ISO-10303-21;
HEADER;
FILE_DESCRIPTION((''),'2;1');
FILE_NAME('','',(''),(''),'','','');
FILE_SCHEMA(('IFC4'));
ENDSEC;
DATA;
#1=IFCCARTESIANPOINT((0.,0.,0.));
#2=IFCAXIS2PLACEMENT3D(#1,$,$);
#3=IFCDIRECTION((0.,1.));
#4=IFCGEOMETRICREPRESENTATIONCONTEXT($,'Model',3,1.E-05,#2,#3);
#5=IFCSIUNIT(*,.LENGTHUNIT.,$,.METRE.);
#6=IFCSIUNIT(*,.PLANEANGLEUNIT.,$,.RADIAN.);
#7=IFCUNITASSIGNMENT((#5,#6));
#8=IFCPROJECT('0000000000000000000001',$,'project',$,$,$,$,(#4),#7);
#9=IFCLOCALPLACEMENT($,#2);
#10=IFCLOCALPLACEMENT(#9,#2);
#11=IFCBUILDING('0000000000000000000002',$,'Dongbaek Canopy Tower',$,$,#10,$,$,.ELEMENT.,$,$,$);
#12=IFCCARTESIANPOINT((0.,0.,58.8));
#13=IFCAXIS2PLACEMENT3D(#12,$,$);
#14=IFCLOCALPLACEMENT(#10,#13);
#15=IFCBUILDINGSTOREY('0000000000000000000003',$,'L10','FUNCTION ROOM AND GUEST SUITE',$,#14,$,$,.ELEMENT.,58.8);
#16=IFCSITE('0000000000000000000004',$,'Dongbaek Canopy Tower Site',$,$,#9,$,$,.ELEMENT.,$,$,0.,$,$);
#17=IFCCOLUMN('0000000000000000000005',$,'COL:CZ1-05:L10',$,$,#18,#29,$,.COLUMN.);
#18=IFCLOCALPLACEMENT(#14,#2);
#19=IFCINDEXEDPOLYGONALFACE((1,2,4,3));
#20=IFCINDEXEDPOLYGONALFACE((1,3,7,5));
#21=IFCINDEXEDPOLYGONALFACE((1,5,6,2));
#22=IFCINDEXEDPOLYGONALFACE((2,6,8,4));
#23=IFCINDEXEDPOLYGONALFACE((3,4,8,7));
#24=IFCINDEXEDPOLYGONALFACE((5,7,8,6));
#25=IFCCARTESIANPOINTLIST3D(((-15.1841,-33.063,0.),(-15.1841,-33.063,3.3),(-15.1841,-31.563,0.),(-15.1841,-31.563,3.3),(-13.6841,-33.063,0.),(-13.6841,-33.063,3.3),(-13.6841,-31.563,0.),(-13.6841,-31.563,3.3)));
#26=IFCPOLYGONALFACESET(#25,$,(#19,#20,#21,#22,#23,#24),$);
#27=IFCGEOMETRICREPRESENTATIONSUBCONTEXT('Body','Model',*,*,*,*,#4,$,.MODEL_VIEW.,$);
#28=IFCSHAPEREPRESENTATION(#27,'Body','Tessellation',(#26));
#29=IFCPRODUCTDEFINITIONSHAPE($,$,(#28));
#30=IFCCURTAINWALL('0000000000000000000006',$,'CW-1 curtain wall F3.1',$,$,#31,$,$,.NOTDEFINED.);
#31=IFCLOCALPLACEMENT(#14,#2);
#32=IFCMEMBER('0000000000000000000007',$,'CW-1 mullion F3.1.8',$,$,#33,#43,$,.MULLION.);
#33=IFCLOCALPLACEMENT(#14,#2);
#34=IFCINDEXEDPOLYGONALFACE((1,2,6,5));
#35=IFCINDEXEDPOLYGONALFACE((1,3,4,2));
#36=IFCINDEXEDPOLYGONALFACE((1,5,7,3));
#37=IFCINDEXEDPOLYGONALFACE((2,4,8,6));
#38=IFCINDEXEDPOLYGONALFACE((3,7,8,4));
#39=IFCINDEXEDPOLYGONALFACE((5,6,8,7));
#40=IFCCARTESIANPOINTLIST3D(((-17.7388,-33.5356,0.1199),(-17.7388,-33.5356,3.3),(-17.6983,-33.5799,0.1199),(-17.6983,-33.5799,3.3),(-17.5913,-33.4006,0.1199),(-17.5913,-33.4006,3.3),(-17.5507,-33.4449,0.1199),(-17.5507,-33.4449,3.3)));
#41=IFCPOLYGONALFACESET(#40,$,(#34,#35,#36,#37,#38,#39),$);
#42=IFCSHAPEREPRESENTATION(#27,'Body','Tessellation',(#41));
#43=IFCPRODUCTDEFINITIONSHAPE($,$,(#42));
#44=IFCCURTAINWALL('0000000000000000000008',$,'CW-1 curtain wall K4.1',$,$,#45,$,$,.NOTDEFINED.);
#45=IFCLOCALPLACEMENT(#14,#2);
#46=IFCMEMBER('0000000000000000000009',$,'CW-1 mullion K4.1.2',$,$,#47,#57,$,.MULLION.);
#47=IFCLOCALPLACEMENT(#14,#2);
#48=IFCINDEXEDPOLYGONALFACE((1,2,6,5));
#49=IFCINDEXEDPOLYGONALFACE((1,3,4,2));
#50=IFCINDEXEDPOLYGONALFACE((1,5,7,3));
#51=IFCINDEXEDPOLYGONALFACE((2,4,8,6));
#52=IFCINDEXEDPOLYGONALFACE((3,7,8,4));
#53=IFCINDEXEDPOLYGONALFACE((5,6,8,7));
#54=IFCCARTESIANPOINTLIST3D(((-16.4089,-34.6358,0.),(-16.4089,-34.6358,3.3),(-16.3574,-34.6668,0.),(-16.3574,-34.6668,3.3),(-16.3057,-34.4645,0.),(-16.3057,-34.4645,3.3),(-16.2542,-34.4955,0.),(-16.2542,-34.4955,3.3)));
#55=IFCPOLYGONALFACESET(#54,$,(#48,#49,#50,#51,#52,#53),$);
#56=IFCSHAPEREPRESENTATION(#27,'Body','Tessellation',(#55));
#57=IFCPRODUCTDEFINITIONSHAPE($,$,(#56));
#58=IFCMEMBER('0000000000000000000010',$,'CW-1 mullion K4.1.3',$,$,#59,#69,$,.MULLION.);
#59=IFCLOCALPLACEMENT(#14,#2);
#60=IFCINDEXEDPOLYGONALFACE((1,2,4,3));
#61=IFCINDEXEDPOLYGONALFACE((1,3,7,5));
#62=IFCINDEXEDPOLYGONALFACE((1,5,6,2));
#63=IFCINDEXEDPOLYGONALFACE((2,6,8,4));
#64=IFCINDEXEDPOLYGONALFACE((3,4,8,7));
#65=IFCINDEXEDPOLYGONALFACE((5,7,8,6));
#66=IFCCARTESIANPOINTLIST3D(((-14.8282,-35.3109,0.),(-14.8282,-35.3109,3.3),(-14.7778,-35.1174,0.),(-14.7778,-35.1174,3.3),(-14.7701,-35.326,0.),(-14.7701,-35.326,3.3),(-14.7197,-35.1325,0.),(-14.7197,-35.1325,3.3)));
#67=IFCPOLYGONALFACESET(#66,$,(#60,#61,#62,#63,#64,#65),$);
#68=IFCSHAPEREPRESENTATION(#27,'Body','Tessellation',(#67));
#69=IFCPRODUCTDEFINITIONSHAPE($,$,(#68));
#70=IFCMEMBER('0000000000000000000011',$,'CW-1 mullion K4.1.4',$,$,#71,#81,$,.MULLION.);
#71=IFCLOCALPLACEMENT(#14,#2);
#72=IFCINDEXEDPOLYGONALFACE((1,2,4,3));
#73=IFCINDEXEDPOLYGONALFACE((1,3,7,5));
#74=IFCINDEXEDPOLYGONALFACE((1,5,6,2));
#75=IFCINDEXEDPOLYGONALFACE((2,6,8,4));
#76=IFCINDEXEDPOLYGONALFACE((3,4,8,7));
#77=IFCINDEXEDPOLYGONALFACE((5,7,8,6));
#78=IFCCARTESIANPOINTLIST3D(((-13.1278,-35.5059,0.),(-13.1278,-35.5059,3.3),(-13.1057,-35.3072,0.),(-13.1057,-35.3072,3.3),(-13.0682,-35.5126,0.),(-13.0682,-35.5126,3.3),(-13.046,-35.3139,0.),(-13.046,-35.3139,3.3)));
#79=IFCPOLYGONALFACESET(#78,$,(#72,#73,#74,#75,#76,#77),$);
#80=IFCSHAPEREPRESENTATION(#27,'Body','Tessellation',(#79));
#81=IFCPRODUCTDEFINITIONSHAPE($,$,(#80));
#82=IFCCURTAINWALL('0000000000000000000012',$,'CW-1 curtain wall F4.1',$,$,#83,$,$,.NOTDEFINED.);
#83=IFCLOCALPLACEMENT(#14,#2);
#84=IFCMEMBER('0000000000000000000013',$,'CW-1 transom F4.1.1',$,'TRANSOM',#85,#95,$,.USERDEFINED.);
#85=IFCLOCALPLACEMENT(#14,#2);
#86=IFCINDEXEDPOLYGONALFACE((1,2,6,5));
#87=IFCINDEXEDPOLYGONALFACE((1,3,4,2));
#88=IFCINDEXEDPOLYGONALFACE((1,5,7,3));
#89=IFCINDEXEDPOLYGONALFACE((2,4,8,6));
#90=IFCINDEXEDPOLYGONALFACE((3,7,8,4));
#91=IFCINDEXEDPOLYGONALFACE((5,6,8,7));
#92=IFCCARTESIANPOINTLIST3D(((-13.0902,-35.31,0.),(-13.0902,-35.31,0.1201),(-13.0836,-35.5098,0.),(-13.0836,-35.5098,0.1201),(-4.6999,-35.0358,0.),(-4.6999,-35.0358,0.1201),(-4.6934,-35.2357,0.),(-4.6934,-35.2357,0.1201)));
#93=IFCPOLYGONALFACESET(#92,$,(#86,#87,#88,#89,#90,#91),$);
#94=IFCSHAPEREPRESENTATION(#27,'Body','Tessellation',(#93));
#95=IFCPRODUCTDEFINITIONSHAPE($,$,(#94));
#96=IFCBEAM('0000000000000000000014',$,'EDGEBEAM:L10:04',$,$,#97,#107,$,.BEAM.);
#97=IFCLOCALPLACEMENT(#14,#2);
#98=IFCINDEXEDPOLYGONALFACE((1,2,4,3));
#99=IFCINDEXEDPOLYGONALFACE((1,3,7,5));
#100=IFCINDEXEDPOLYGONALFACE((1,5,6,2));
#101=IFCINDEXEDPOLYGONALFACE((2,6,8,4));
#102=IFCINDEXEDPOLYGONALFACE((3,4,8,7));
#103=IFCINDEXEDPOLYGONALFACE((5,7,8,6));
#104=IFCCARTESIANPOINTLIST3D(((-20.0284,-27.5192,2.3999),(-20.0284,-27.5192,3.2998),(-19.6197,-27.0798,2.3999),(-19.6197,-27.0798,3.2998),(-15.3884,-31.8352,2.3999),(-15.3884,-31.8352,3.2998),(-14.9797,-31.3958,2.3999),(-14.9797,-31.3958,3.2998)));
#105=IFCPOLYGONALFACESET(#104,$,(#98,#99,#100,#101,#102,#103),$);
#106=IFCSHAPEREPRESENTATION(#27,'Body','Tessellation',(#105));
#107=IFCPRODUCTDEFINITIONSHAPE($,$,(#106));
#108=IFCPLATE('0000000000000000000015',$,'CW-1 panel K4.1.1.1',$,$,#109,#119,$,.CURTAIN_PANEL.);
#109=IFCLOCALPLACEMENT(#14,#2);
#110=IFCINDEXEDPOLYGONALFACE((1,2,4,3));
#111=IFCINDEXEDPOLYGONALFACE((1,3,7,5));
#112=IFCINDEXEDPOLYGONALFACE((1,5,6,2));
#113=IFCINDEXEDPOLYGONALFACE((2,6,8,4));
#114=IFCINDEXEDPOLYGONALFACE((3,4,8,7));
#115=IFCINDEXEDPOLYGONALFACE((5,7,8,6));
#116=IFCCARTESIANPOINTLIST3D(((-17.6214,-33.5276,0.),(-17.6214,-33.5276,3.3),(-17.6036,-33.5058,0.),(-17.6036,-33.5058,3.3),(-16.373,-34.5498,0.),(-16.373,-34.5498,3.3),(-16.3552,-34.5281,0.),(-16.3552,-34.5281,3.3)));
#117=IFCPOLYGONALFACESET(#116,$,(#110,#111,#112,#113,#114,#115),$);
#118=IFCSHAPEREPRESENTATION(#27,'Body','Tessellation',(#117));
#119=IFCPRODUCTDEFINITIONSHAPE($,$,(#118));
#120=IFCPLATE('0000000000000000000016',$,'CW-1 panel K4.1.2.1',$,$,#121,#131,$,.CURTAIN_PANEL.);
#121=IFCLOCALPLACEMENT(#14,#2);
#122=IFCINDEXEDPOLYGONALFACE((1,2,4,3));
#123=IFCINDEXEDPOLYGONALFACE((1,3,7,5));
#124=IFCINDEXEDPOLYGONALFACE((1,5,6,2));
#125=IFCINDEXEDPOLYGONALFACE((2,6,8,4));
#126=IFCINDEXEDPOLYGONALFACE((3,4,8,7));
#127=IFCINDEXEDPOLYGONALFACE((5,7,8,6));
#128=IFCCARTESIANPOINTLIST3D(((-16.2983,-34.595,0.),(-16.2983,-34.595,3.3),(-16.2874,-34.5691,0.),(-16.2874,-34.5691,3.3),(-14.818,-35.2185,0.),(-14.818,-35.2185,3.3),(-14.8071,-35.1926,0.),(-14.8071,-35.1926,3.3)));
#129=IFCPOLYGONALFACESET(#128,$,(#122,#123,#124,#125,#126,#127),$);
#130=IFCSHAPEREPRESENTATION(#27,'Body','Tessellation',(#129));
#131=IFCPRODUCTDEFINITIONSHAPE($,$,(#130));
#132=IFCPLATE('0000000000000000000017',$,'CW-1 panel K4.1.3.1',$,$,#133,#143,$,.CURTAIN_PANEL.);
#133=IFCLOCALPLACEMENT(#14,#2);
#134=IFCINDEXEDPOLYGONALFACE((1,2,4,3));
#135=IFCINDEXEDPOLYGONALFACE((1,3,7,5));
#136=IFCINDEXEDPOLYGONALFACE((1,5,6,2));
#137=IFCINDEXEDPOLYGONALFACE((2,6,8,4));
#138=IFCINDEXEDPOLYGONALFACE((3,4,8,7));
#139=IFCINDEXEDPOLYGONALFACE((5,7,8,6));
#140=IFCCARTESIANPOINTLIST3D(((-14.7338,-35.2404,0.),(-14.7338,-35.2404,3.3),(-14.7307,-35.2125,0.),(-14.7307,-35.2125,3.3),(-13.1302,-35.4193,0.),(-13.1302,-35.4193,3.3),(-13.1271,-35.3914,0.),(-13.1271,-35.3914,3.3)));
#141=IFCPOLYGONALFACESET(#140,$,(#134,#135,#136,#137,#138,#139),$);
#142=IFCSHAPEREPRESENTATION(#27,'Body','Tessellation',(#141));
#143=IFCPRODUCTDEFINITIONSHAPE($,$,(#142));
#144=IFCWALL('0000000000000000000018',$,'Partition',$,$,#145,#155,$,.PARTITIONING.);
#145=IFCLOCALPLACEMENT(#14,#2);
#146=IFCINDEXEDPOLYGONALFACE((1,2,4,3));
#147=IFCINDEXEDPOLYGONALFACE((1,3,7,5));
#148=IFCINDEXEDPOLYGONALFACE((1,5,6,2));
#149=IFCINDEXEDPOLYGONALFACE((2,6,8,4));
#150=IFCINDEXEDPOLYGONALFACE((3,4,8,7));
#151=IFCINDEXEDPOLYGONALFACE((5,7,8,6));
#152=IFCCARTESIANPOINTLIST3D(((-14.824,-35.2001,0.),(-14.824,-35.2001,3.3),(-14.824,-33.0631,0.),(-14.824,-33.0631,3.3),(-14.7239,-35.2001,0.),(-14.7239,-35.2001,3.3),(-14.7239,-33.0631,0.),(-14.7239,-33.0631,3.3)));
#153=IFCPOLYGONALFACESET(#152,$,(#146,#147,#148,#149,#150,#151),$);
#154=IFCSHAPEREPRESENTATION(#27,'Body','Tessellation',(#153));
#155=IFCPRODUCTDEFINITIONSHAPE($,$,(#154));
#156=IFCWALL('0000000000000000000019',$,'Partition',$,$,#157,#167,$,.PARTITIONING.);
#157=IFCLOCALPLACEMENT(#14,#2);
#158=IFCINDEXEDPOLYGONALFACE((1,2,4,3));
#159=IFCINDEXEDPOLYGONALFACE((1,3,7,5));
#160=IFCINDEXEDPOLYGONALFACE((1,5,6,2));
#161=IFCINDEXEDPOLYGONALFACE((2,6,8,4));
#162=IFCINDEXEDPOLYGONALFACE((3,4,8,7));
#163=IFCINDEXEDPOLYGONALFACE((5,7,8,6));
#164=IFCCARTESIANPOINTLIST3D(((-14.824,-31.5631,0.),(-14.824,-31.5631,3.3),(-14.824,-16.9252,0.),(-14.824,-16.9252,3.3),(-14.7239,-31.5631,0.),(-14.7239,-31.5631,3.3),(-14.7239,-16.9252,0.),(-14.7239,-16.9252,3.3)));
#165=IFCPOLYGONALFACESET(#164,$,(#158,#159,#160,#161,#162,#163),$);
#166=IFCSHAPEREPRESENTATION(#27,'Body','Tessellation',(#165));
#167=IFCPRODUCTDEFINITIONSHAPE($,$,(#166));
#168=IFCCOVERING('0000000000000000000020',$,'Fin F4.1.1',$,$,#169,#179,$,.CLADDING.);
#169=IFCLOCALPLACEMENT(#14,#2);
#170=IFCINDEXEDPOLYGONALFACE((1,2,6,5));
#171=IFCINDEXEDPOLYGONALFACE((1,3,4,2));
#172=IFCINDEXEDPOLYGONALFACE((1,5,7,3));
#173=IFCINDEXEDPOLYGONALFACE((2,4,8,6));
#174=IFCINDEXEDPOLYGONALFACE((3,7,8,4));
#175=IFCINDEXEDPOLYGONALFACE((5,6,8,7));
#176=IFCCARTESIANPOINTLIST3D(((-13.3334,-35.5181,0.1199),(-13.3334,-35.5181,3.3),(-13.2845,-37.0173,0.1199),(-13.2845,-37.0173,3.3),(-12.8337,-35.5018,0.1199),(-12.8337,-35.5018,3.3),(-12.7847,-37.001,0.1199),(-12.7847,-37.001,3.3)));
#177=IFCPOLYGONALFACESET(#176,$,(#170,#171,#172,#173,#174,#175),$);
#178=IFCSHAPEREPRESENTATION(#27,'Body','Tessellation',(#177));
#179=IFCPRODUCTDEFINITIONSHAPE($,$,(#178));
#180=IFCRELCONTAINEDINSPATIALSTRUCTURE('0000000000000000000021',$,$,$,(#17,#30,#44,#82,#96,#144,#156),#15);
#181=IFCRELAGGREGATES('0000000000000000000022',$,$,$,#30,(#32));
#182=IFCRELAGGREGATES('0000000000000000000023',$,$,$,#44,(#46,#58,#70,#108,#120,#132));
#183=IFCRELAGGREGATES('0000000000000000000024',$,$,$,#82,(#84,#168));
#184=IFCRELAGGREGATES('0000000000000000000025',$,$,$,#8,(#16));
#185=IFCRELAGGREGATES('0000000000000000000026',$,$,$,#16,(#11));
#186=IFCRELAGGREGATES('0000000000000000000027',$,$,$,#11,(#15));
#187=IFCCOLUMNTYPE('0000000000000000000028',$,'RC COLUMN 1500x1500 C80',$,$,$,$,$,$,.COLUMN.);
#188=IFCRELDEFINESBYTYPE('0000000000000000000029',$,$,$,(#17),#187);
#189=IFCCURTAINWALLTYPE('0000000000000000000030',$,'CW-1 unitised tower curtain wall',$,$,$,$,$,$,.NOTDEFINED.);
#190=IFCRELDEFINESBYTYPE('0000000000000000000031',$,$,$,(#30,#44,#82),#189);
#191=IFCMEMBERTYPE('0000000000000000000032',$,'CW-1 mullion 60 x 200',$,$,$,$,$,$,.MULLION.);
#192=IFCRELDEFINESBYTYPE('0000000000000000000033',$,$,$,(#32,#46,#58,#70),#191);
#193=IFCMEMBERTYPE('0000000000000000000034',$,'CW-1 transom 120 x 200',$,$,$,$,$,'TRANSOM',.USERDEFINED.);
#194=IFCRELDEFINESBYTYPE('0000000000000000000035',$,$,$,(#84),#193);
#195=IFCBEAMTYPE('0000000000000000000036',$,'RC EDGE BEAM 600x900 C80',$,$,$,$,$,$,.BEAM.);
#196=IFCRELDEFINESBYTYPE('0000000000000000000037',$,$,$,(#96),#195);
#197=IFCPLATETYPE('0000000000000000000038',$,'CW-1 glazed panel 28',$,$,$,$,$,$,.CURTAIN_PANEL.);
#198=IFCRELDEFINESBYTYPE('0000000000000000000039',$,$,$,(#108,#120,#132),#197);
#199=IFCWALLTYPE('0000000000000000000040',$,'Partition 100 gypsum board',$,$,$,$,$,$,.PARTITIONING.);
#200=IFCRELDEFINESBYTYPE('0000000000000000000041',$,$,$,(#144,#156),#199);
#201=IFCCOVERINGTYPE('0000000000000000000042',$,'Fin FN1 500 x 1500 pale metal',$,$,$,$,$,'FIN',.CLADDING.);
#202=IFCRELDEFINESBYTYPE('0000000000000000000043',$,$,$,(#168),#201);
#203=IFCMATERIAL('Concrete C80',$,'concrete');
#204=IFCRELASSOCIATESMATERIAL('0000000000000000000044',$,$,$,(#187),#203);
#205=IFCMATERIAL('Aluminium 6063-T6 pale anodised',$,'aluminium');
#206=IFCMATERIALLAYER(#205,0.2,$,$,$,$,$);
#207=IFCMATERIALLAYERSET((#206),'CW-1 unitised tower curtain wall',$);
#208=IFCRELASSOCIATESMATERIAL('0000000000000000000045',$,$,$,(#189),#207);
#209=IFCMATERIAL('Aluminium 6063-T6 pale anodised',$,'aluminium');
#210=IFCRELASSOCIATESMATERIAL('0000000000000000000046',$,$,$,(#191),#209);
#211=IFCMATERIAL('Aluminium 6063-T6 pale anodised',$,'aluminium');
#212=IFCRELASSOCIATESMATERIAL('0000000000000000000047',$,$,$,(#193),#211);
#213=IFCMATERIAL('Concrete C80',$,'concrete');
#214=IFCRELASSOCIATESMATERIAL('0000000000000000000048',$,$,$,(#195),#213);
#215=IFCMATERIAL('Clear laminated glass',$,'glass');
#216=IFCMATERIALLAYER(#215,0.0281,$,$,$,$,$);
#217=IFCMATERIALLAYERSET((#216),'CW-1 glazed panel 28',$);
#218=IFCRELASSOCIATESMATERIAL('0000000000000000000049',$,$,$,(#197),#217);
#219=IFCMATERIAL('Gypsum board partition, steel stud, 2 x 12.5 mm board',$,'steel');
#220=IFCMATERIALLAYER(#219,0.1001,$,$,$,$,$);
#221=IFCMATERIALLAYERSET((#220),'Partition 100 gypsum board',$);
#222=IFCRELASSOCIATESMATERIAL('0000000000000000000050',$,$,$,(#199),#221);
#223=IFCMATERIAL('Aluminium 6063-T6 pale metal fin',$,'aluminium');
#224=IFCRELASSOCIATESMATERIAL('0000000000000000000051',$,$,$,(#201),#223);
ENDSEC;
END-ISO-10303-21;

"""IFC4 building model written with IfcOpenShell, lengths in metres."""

from ifc_helpers import new_model, si_unit, direction, frame, frame_2d, origin, origin_2d, place, context, subcontext, project, spatial, rectangle, extrude, material, layer, layer_set, material_profile, profile_set, type_object, element, aggregate, save


model = new_model("IFC4")

# Units and contexts
model_context = context("Model", 3, precision=1e-05, world=origin(), true_north=direction((0.0, 1.0)))
body_context = subcontext(model_context, "Body", "Model", "MODEL_VIEW")
ifc_project = project(units=[si_unit("LENGTHUNIT", "METRE"), si_unit("PLANEANGLEUNIT", "RADIAN")], contexts=[model_context])

# Site, building, storey
site_placement = place(None, origin())
site = spatial("IfcSite", under=ifc_project, at=site_placement, Name="Dongbaek Canopy Tower Site", CompositionType="ELEMENT", RefElevation=0.0)
building_placement = place(site_placement, origin())
building = spatial("IfcBuilding", under=site, at=building_placement, Name="Dongbaek Canopy Tower", CompositionType="ELEMENT")
storey_placement = place(building_placement, frame((0.0, 0.0, 58.8)))
storey = spatial("IfcBuildingStorey", under=building, at=storey_placement, Name="L10", Description="FUNCTION ROOM AND GUEST SUITE", CompositionType="ELEMENT", Elevation=58.8)

# Column
ifc_material_1 = material(Name="Concrete C80", Category="concrete")
ifc_material_profile_1 = material_profile(ifc_material_1, rectangle(XDim=1.5, YDim=1.5, at=origin_2d()), Name="RC COLUMN 1500x1500 C80")
ifc_profile_set_1 = profile_set([ifc_material_profile_1], Name="Concrete C80")
column_type = type_object("IfcColumnType", Name="RC COLUMN 1500x1500 C80", PredefinedType="COLUMN", material=ifc_profile_set_1)
column_placement = place(storey_placement, frame((-14.4341, -32.313, 0.0), z_axis=(0.0, 0.0, 1.0), x_axis=(1.0, 0.0, 0.0)))
element("IfcColumn", 1, at=column_placement, inside=storey, type_object=column_type, Name="COL:CZ1-05:L10", PredefinedType="COLUMN", context=body_context, shape_type="SweptSolid", body=[
    extrude(rectangle(XDim=1.5, YDim=1.5, at=origin_2d()), origin(), (0.0, 0.0, 1.0), 3.3),
])

# Curtain wall, member
ifc_material_2 = material(Name="Aluminium 6063-T6 pale anodised", Category="aluminium")
ifc_layer_1 = layer(ifc_material_2, 0.2)
ifc_layer_set_1 = layer_set([ifc_layer_1], Name="CW-1 unitised tower curtain wall")
curtain_wall_type = type_object("IfcCurtainWallType", Name="CW-1 unitised tower curtain wall", PredefinedType="NOTDEFINED", material=ifc_layer_set_1)
curtain_wall_1_placement = place(storey_placement, origin())
curtain_wall_1 = element("IfcCurtainWall", 2, at=curtain_wall_1_placement, inside=storey, type_object=curtain_wall_type, Name="CW-1 curtain wall F3.1", PredefinedType="NOTDEFINED")
ifc_material_3 = material(Name="Aluminium 6063-T6 pale anodised", Category="aluminium")
ifc_material_profile_2 = material_profile(ifc_material_3, rectangle(XDim=0.2, YDim=0.0601, at=origin_2d()), Name="CW-1 mullion 60 x 200")
ifc_profile_set_2 = profile_set([ifc_material_profile_2], Name="Aluminium 6063-T6 pale anodised")
member_type_1 = type_object("IfcMemberType", Name="CW-1 mullion 60 x 200", PredefinedType="MULLION", material=ifc_profile_set_2)
member_1_placement = place(storey_placement, frame((-17.6448, -33.4902, 0.1199), z_axis=(0.0, 0.0, 1.0), x_axis=(-0.737855, -0.674959, 0.0)))
member_1 = element("IfcMember", 3, at=member_1_placement, type_object=member_type_1, Name="CW-1 mullion F3.1.8", PredefinedType="MULLION", context=body_context, shape_type="SweptSolid", body=[
    extrude(rectangle(XDim=0.2, YDim=0.0601, at=origin_2d()), origin(), (0.0, 0.0, 1.0), 3.1802),
])
aggregate(curtain_wall_1, [member_1])

# Curtain wall, members
curtain_wall_2_placement = place(storey_placement, origin())
curtain_wall_2 = element("IfcCurtainWall", 4, at=curtain_wall_2_placement, inside=storey, type_object=curtain_wall_type, Name="CW-1 curtain wall K4.1", PredefinedType="NOTDEFINED")
member_2_placement = place(storey_placement, frame((-16.3315, -34.5657, 0.0), z_axis=(0.0, 0.0, 1.0), x_axis=(-0.516171, -0.856486, 0.0)))
member_2 = element("IfcMember", 5, at=member_2_placement, type_object=member_type_1, Name="CW-1 mullion K4.1.2", PredefinedType="MULLION", context=body_context, shape_type="SweptSolid", body=[
    extrude(rectangle(XDim=0.2, YDim=0.0601, at=origin_2d()), origin(), (0.0, 0.0, 1.0), 3.3),
])
member_3_placement = place(storey_placement, frame((-14.7739, -35.2217, 0.0), z_axis=(0.0, 0.0, 1.0), x_axis=(-0.252111, -0.967698, 0.0)))
member_3 = element("IfcMember", 6, at=member_3_placement, type_object=member_type_1, Name="CW-1 mullion K4.1.3", PredefinedType="MULLION", context=body_context, shape_type="SweptSolid", body=[
    extrude(rectangle(XDim=0.2, YDim=0.0601, at=origin_2d()), origin(), (0.0, 0.0, 1.0), 3.3),
])
member_4_placement = place(storey_placement, frame((-13.0869, -35.4099, 0.0), z_axis=(0.0, 0.0, 1.0), x_axis=(-0.110876, -0.993834, 0.0)))
member_4 = element("IfcMember", 7, at=member_4_placement, type_object=member_type_1, Name="CW-1 mullion K4.1.4", PredefinedType="MULLION", context=body_context, shape_type="SweptSolid", body=[
    extrude(rectangle(XDim=0.2, YDim=0.0601, at=origin_2d()), origin(), (0.0, 0.0, 1.0), 3.3),
])

# Curtain wall, member
curtain_wall_3_placement = place(storey_placement, origin())
curtain_wall_3 = element("IfcCurtainWall", 8, at=curtain_wall_3_placement, inside=storey, type_object=curtain_wall_type, Name="CW-1 curtain wall F4.1", PredefinedType="NOTDEFINED")
ifc_material_4 = material(Name="Aluminium 6063-T6 pale anodised", Category="aluminium")
ifc_material_profile_3 = material_profile(ifc_material_4, rectangle(XDim=0.2, YDim=0.1201, at=origin_2d()), Name="CW-1 transom 120 x 200")
ifc_profile_set_3 = profile_set([ifc_material_profile_3], Name="Aluminium 6063-T6 pale anodised")
member_type_2 = type_object("IfcMemberType", Name="CW-1 transom 120 x 200", ElementType="TRANSOM", PredefinedType="USERDEFINED", material=ifc_profile_set_3)
member_5_placement = place(storey_placement, frame((-13.0869, -35.4099, 0.0601), z_axis=(0.999467, 0.032659, 0.0), x_axis=(-0.032659, 0.999467, 0.0)))
member_5 = element("IfcMember", 9, at=member_5_placement, type_object=member_type_2, Name="CW-1 transom F4.1.1", ObjectType="TRANSOM", PredefinedType="USERDEFINED", context=body_context, shape_type="SweptSolid", body=[
    extrude(rectangle(XDim=0.2, YDim=0.1201, at=origin_2d()), origin(), (0.0, 0.0, 1.0), 8.3948),
])

# Beam
ifc_material_5 = material(Name="Concrete C80", Category="concrete")
ifc_material_profile_4 = material_profile(ifc_material_5, rectangle(XDim=0.6001, YDim=0.8999, at=origin_2d()), Name="RC EDGE BEAM 600x900 C80")
ifc_profile_set_4 = profile_set([ifc_material_profile_4], Name="Concrete C80")
beam_type = type_object("IfcBeamType", Name="RC EDGE BEAM 600x900 C80", PredefinedType="BEAM", material=ifc_profile_set_4)
beam_placement = place(storey_placement, frame((-15.1841, -31.6155, 2.8499), z_axis=(-0.732207, 0.681082, 0.0), x_axis=(-0.681082, -0.732207, 0.0)))
element("IfcBeam", 10, at=beam_placement, inside=storey, type_object=beam_type, Name="EDGEBEAM:L10:04", PredefinedType="BEAM", context=body_context, shape_type="SweptSolid", body=[
    extrude(rectangle(XDim=0.6001, YDim=0.8999, at=origin_2d()), origin(), (0.0, 0.0, 1.0), 6.3369),
])

# Plates
ifc_material_6 = material(Name="Clear laminated glass", Category="glass")
ifc_layer_2 = layer(ifc_material_6, 0.0281)
ifc_layer_set_2 = layer_set([ifc_layer_2], Name="CW-1 glazed panel 28")
plate_type = type_object("IfcPlateType", Name="CW-1 glazed panel 28", PredefinedType="CURTAIN_PANEL", material=ifc_layer_set_2)
plate_1_placement = place(storey_placement, frame((-16.9883, -34.0278, 0.0), z_axis=(0.0, 0.0, 1.0), x_axis=(0.773703, -0.633548, 0.0)))
plate_1 = element("IfcPlate", 11, at=plate_1_placement, type_object=plate_type, Name="CW-1 panel K4.1.1.1", PredefinedType="CURTAIN_PANEL", context=body_context, shape_type="SweptSolid", body=[
    extrude(rectangle(XDim=1.6135, YDim=0.0281, at=origin_2d()), origin(), (0.0, 0.0, 1.0), 3.3),
])
plate_2_placement = place(storey_placement, frame((-15.5527, -34.8938, 0.0), z_axis=(0.0, 0.0, 1.0), x_axis=(0.921598, -0.388145, 0.0)))
plate_2 = element("IfcPlate", 12, at=plate_2_placement, type_object=plate_type, Name="CW-1 panel K4.1.2.1", PredefinedType="CURTAIN_PANEL", context=body_context, shape_type="SweptSolid", body=[
    extrude(rectangle(XDim=1.6062, YDim=0.0281, at=origin_2d()), origin(), (0.0, 0.0, 1.0), 3.3),
])
plate_3_placement = place(storey_placement, frame((-13.9304, -35.3159, 0.0), z_axis=(0.0, 0.0, 1.0), x_axis=(0.993834, -0.110876, 0.0)))
plate_3 = element("IfcPlate", 13, at=plate_3_placement, type_object=plate_type, Name="CW-1 panel K4.1.3.1", PredefinedType="CURTAIN_PANEL", context=body_context, shape_type="SweptSolid", body=[
    extrude(rectangle(XDim=1.6135, YDim=0.0281, at=origin_2d()), origin(), (0.0, 0.0, 1.0), 3.3),
])
aggregate(curtain_wall_2, [member_2, member_3, member_4, plate_1, plate_2, plate_3])

# Walls
ifc_material_7 = material(Name="Gypsum board partition, steel stud, 2 x 12.5 mm board", Category="steel")
ifc_layer_3 = layer(ifc_material_7, 0.1001)
ifc_layer_set_3 = layer_set([ifc_layer_3], Name="Partition 100 gypsum board")
wall_type = type_object("IfcWallType", Name="Partition 100 gypsum board", PredefinedType="PARTITIONING", material=ifc_layer_set_3)
wall_1_placement = place(storey_placement, frame((-14.7739, -35.2, 0.0), z_axis=(0.0, 0.0, 1.0), x_axis=(0.0, 1.0, 0.0)))
element("IfcWall", 14, at=wall_1_placement, inside=storey, type_object=wall_type, Name="Partition", PredefinedType="PARTITIONING", context=body_context, shape_type="SweptSolid", body=[
    extrude(rectangle(XDim=2.137, YDim=0.1001, at=frame_2d((1.0684, 0.0))), origin(), (0.0, 0.0, 1.0), 3.3),
])
wall_2_placement = place(storey_placement, frame((-14.7739, -31.563, 0.0), z_axis=(0.0, 0.0, 1.0), x_axis=(0.0, 1.0, 0.0)))
element("IfcWall", 15, at=wall_2_placement, inside=storey, type_object=wall_type, Name="Partition", PredefinedType="PARTITIONING", context=body_context, shape_type="SweptSolid", body=[
    extrude(rectangle(XDim=14.6379, YDim=0.1001, at=frame_2d((7.3188, 0.0))), origin(), (0.0, 0.0, 1.0), 3.3),
])

# Covering
ifc_material_8 = material(Name="Aluminium 6063-T6 pale metal fin", Category="aluminium")
ifc_material_profile_5 = material_profile(ifc_material_8, rectangle(XDim=1.5, YDim=0.5, at=origin_2d()), Name="Fin FN1 500 x 1500 pale metal")
ifc_profile_set_5 = profile_set([ifc_material_profile_5], Name="Aluminium 6063-T6 pale metal fin")
covering_type = type_object("IfcCoveringType", Name="Fin FN1 500 x 1500 pale metal", ElementType="FIN", PredefinedType="CLADDING", material=ifc_profile_set_5)
covering_placement = place(storey_placement, frame((-13.0591, -36.2595, 0.1199), z_axis=(0.0, 0.0, 1.0), x_axis=(0.032646, -0.999467, 0.0)))
covering = element("IfcCovering", 16, at=covering_placement, type_object=covering_type, Name="Fin F4.1.1", PredefinedType="CLADDING", context=body_context, shape_type="SweptSolid", body=[
    extrude(rectangle(XDim=1.5, YDim=0.5, at=origin_2d()), origin(), (0.0, 0.0, 1.0), 3.1802),
])
aggregate(curtain_wall_3, [member_5, covering])

save(model, "model.ifc")
